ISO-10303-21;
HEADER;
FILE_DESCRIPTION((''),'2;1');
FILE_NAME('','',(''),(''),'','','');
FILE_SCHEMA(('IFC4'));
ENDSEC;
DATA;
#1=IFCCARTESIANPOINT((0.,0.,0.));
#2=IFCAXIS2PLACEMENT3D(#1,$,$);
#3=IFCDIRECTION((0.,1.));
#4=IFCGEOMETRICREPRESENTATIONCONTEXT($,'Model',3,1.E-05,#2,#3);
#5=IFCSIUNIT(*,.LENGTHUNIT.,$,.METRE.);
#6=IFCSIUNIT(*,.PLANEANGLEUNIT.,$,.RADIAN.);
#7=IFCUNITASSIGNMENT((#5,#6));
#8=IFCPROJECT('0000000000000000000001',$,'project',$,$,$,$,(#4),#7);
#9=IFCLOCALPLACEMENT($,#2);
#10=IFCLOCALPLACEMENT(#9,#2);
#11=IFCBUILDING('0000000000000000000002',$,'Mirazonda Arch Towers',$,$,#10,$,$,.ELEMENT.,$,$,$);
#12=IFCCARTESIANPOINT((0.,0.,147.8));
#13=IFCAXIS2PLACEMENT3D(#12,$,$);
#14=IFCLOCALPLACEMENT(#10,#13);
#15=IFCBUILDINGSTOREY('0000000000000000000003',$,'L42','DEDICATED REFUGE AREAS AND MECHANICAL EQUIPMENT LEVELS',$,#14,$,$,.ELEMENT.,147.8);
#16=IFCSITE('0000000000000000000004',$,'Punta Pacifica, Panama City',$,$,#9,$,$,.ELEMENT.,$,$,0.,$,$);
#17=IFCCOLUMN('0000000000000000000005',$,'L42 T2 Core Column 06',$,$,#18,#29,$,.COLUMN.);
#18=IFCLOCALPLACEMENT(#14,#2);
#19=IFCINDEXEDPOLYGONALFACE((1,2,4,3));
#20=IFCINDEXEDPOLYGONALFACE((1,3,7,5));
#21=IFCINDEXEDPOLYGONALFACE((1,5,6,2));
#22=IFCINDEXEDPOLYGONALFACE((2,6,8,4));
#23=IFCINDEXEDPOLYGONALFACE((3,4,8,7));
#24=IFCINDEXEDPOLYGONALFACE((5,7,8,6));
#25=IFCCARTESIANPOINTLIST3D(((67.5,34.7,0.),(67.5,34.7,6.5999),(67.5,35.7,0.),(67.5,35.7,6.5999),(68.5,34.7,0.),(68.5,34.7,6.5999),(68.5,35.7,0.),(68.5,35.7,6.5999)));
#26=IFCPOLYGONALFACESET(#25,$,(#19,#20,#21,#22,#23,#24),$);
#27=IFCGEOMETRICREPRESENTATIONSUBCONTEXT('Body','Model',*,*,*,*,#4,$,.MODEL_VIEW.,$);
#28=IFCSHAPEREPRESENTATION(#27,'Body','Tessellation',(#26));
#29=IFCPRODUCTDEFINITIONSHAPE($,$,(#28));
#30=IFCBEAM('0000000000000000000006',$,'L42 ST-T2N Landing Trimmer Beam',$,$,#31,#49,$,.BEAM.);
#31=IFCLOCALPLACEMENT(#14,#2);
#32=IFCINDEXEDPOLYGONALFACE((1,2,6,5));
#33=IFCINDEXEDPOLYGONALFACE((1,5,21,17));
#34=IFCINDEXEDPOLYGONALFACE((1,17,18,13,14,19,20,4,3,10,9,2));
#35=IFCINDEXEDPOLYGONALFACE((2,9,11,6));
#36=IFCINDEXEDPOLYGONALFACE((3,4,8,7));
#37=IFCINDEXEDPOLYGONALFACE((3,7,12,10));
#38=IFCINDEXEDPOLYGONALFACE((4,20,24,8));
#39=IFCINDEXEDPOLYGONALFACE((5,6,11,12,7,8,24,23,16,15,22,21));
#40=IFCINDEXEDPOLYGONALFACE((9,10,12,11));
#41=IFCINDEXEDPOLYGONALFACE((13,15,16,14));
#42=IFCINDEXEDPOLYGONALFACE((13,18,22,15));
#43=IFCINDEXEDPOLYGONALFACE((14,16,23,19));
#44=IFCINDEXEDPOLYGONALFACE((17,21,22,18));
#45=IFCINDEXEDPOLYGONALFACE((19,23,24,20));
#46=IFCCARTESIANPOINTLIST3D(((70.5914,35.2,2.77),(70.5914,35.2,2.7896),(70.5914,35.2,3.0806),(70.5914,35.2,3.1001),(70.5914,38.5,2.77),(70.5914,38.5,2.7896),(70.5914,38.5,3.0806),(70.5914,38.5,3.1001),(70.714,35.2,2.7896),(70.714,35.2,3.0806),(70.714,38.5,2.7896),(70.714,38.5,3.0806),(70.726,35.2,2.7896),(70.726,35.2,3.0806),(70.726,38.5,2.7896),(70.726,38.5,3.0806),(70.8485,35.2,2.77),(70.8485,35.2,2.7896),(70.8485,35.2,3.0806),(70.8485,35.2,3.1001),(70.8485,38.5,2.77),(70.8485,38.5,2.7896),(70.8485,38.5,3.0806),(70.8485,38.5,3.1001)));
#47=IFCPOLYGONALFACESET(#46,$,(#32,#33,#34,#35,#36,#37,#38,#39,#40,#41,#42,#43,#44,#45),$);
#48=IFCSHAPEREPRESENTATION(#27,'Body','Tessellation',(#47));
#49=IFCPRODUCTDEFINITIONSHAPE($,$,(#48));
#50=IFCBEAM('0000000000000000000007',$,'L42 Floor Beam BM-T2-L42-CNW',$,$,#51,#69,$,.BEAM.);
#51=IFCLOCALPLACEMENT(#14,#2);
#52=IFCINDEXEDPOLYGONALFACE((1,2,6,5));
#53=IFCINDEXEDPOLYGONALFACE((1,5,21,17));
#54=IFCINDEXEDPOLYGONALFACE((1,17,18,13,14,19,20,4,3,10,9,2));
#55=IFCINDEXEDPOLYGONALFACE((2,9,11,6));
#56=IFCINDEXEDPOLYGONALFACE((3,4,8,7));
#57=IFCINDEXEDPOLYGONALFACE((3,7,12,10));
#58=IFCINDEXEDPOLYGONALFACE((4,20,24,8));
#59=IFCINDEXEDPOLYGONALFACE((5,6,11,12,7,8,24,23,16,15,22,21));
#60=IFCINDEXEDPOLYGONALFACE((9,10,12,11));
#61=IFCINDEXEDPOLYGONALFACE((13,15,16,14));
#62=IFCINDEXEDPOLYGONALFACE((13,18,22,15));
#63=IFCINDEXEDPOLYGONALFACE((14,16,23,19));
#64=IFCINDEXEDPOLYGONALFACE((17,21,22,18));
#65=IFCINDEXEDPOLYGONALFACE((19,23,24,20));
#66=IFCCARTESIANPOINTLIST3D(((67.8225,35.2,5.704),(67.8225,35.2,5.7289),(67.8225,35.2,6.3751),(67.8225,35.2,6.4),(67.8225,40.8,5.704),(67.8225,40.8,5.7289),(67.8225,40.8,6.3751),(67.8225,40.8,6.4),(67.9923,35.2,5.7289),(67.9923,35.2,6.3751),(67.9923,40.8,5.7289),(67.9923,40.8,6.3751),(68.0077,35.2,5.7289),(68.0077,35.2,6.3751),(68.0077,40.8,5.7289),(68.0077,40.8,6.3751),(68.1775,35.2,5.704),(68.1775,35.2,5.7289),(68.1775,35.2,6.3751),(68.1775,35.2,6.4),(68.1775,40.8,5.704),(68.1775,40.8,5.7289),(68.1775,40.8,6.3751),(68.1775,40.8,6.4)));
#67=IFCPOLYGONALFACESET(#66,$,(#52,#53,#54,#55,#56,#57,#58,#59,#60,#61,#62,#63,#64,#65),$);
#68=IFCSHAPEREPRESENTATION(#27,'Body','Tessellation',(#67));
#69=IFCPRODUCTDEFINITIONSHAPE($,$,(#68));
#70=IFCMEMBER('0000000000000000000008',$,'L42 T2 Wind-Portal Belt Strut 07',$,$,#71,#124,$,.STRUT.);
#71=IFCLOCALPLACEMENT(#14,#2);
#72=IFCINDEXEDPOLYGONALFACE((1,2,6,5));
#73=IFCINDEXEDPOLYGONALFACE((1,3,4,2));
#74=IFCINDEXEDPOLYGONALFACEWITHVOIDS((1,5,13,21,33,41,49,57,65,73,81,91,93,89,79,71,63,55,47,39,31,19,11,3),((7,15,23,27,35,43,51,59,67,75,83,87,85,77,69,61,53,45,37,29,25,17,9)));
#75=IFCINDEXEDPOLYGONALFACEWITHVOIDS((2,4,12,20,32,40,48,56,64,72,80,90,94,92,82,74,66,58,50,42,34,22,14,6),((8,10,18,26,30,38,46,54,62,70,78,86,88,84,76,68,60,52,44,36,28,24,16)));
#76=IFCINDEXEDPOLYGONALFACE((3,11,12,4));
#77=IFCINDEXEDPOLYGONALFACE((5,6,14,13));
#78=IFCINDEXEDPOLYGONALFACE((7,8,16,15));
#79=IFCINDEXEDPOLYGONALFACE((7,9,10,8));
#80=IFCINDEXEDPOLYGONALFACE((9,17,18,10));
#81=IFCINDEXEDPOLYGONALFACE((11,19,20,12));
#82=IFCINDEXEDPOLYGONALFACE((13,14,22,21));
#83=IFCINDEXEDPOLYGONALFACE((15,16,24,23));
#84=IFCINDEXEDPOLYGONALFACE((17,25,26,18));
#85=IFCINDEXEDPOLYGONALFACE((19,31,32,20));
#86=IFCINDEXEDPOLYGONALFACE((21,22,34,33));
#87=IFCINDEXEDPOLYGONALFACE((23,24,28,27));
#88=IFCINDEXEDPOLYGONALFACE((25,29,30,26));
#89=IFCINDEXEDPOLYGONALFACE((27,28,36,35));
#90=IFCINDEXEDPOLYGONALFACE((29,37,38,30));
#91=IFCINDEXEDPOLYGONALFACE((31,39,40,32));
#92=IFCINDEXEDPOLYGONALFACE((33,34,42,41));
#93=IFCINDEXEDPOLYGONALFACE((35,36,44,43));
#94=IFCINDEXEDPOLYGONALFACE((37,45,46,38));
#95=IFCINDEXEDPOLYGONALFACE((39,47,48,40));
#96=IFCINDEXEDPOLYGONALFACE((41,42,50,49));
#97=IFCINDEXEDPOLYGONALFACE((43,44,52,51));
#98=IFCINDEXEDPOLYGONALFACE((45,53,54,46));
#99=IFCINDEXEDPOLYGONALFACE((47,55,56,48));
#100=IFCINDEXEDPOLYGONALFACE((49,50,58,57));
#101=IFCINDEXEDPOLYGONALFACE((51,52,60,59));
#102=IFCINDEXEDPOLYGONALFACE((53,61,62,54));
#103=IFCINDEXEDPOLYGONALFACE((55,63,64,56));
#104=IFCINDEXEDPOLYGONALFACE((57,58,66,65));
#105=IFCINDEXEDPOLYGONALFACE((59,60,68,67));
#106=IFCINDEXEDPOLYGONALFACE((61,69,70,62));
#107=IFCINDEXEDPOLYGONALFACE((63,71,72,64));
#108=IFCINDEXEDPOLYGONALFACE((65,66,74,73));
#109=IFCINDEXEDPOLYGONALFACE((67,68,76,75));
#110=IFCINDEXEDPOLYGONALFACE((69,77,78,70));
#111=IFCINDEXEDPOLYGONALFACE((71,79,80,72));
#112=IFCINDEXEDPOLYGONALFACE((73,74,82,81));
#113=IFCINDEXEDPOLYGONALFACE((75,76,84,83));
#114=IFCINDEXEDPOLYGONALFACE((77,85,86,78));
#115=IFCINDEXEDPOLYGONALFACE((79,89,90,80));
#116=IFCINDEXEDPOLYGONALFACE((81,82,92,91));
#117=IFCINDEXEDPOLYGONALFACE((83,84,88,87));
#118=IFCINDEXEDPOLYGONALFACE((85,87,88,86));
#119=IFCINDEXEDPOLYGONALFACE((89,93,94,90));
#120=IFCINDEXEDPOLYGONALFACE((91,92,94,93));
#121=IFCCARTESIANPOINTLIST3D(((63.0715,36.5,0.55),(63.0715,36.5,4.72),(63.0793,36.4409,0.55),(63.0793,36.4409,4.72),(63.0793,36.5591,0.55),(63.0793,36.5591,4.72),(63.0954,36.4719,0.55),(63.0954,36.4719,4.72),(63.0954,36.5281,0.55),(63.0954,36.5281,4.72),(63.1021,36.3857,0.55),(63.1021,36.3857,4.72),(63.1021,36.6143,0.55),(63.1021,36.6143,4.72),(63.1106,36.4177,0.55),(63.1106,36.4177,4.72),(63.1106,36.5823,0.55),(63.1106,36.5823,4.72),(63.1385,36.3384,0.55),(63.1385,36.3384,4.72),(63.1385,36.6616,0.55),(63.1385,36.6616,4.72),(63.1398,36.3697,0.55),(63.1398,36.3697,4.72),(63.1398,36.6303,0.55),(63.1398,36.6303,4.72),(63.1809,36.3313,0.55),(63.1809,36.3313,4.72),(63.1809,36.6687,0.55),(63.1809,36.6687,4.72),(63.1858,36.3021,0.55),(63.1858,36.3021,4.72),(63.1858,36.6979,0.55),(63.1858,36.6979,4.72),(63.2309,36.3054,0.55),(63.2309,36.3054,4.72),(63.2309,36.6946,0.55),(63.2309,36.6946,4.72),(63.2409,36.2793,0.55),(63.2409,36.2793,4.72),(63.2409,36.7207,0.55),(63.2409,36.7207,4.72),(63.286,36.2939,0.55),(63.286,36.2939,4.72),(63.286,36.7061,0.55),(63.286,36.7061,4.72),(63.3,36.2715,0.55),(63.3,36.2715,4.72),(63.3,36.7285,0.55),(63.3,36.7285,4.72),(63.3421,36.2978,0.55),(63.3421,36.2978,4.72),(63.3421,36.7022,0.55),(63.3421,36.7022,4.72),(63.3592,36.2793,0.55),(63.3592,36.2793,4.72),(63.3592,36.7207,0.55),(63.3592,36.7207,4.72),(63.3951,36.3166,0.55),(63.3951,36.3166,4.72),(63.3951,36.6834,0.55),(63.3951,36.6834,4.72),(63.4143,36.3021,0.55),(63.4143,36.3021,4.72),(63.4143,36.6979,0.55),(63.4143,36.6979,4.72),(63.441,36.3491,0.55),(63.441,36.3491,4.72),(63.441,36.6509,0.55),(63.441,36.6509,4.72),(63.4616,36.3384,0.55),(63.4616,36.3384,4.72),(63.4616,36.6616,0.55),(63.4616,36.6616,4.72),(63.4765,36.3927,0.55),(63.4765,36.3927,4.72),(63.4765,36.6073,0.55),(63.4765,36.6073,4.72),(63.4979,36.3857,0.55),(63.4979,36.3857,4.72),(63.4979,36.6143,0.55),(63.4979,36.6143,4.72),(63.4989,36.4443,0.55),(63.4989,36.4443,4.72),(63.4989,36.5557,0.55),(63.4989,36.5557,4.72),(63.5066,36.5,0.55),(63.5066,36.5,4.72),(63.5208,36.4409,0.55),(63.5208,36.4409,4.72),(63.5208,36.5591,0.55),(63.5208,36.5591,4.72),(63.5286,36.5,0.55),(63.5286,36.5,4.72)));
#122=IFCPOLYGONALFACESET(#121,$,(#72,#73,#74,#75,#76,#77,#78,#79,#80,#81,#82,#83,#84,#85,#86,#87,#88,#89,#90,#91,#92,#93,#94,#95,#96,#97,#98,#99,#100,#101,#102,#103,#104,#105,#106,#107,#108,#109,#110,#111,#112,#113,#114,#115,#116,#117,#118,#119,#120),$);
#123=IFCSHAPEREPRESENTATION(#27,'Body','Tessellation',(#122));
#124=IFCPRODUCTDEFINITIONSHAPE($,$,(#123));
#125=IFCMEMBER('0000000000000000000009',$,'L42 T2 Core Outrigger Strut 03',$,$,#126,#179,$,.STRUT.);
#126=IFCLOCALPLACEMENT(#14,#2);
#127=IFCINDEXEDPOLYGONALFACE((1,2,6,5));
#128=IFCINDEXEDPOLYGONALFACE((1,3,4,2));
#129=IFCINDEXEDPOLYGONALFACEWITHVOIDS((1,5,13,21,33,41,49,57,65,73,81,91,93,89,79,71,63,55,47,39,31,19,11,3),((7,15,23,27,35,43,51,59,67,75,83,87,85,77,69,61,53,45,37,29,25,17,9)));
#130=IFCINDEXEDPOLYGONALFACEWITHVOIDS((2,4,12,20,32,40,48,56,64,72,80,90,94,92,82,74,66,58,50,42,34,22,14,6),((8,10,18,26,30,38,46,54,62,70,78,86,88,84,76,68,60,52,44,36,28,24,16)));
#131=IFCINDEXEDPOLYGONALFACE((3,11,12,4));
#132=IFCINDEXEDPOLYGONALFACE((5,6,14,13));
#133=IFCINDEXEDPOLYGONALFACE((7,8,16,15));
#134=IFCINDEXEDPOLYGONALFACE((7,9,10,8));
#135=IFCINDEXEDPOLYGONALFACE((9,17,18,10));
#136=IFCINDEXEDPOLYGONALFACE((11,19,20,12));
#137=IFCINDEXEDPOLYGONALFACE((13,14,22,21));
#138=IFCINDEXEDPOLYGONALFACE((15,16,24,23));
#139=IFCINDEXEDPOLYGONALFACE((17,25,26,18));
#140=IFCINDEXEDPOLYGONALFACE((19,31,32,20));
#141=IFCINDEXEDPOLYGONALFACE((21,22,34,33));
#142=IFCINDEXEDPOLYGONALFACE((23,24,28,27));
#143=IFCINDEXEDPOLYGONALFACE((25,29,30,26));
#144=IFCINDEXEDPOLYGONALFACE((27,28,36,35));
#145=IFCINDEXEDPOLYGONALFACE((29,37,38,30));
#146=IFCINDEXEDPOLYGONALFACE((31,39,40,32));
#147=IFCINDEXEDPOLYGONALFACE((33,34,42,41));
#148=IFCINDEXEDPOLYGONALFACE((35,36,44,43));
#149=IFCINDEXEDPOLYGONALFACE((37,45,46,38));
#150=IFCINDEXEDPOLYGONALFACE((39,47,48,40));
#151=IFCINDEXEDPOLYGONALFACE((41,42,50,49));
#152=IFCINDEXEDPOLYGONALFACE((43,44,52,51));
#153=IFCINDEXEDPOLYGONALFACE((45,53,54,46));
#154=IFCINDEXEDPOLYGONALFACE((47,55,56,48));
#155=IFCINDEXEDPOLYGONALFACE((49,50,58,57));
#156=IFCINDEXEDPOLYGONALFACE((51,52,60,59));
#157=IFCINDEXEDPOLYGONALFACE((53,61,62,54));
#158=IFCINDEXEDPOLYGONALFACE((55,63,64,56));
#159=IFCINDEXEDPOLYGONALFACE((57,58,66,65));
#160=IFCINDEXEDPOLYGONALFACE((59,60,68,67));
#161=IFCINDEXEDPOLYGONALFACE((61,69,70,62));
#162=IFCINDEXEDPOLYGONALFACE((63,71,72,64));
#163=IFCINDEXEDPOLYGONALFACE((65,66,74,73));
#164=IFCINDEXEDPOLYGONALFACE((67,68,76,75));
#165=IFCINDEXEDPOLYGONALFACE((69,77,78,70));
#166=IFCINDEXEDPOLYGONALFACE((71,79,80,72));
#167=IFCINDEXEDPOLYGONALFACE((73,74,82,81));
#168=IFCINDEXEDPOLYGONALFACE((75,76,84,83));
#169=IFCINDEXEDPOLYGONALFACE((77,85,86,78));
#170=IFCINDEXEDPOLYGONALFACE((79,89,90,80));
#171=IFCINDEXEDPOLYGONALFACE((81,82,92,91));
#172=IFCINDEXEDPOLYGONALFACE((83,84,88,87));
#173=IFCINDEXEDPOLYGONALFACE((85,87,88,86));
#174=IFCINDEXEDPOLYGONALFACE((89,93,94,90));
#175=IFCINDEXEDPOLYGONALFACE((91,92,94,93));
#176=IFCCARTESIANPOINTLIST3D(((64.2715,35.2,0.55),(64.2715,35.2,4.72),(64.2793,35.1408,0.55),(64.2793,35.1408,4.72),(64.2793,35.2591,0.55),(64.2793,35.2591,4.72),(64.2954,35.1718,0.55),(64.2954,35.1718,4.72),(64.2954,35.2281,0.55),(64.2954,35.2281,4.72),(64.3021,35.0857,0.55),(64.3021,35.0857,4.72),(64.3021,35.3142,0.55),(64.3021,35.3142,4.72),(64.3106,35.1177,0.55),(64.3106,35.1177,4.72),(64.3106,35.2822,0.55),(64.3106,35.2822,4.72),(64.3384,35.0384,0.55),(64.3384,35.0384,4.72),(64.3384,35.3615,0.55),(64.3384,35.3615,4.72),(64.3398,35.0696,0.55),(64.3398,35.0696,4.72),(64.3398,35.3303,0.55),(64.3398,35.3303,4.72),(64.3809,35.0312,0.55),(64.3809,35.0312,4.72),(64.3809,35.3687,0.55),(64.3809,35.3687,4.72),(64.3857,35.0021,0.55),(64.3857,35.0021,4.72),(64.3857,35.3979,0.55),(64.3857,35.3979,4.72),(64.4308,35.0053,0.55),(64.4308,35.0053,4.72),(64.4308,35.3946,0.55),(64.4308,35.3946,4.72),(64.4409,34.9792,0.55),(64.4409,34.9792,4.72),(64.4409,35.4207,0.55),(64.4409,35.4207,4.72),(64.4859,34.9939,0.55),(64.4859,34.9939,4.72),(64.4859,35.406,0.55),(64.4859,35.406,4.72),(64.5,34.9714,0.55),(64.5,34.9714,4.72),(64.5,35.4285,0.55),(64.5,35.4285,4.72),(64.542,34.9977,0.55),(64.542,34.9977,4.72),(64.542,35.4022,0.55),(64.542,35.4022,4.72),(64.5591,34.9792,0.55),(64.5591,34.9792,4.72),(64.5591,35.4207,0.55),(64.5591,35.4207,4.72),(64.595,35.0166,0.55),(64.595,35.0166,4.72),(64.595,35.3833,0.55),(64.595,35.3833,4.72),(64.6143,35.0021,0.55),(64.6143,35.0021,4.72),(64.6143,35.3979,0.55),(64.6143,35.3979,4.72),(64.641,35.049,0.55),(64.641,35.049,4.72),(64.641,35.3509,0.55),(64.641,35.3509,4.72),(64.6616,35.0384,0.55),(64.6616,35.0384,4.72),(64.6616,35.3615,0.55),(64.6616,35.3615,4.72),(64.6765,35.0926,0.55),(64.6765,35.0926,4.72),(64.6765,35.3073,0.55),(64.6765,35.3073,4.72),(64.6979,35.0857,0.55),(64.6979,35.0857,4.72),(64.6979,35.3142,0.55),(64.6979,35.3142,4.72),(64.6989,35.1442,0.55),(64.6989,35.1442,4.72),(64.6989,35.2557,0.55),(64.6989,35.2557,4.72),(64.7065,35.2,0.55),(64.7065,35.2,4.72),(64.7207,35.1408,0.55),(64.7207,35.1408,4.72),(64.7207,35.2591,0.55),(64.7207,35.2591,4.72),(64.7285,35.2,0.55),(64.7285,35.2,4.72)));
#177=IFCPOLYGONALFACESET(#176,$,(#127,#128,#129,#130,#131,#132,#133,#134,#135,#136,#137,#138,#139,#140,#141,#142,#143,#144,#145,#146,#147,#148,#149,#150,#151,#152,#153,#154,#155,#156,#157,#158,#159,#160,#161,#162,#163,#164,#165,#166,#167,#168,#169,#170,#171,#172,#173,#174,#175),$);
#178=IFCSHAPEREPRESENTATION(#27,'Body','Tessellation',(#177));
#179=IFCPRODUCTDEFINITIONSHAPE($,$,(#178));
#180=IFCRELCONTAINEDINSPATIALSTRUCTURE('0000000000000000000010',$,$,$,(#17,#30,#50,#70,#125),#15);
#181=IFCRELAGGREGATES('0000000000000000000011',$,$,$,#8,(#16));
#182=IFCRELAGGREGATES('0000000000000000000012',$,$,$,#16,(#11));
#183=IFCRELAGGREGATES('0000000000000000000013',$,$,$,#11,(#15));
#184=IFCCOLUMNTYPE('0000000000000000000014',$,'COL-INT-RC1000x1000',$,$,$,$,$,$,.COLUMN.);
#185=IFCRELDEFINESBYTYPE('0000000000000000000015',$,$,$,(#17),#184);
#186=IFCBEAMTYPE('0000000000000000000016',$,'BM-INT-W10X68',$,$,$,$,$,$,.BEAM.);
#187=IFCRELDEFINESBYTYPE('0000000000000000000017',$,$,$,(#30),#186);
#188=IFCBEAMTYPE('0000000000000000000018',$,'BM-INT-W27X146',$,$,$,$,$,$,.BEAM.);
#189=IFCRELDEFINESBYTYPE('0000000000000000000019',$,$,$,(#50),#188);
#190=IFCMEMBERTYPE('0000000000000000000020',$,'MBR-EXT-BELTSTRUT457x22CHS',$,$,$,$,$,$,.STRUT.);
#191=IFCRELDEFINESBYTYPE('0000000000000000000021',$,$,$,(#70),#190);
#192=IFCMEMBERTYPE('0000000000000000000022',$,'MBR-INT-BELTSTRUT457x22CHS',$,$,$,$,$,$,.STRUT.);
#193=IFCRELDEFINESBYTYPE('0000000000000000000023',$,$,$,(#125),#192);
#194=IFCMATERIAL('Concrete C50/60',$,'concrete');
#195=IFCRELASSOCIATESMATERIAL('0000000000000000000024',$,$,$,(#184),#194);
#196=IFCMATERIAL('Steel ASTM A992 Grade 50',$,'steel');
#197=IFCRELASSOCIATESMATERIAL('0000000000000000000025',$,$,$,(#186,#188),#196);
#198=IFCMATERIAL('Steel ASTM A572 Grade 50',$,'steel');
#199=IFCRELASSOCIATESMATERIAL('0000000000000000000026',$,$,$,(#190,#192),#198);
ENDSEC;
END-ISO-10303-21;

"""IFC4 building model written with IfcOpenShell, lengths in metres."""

from ifc_helpers import new_model, si_unit, direction, frame, origin, origin_2d, place, context, subcontext, project, spatial, rectangle, hollow_circle, i_section, extrude, material, material_profile, profile_set, type_object, element, save


model = new_model("IFC4")

# Units and contexts
model_context = context("Model", 3, precision=1e-05, world=origin(), true_north=direction((0.0, 1.0)))
body_context = subcontext(model_context, "Body", "Model", "MODEL_VIEW")
ifc_project = project(units=[si_unit("LENGTHUNIT", "METRE"), si_unit("PLANEANGLEUNIT", "RADIAN")], contexts=[model_context])

# Site, building, storey
site_placement = place(None, origin())
site = spatial("IfcSite", under=ifc_project, at=site_placement, Name="Punta Pacifica, Panama City", CompositionType="ELEMENT", RefElevation=0.0)
building_placement = place(site_placement, origin())
building = spatial("IfcBuilding", under=site, at=building_placement, Name="Mirazonda Arch Towers", CompositionType="ELEMENT")
storey_placement = place(building_placement, frame((0.0, 0.0, 147.8)))
storey = spatial("IfcBuildingStorey", under=building, at=storey_placement, Name="L42", Description="DEDICATED REFUGE AREAS AND MECHANICAL EQUIPMENT LEVELS", CompositionType="ELEMENT", Elevation=147.8)

# Column
ifc_material_1 = material(Name="Concrete C50/60", Category="concrete")
ifc_material_profile_1 = material_profile(ifc_material_1, rectangle(XDim=1.0, YDim=1.0, at=origin_2d()), Name="RC1000x1000")
ifc_profile_set_1 = profile_set([ifc_material_profile_1], Name="Concrete C50/60")
column_type = type_object("IfcColumnType", Name="COL-INT-RC1000x1000", PredefinedType="COLUMN", material=ifc_profile_set_1)
column_placement = place(storey_placement, frame((68.0, 35.2, 0.0), z_axis=(0.0, 0.0, 1.0), x_axis=(1.0, 0.0, 0.0)))
element("IfcColumn", 1, at=column_placement, inside=storey, type_object=column_type, Name="L42 T2 Core Column 06", PredefinedType="COLUMN", context=body_context, shape_type="SweptSolid", body=[
    extrude(rectangle(XDim=1.0, YDim=1.0, at=origin_2d()), origin(), (0.0, 0.0, 1.0), 6.5999),
])

# Beams
ifc_material_2 = material(Name="Steel ASTM A992 Grade 50", Category="steel")
ifc_material_profile_2 = material_profile(ifc_material_2, i_section(OverallWidth=0.2571, OverallDepth=0.3301, WebThickness=0.012, FlangeThickness=0.0195, at=origin_2d()), Name="W10X68")
ifc_profile_set_2 = profile_set([ifc_material_profile_2], Name="Steel ASTM A992 Grade 50")
beam_type_1 = type_object("IfcBeamType", Name="BM-INT-W10X68", PredefinedType="BEAM", material=ifc_profile_set_2)
beam_1_placement = place(storey_placement, frame((70.72, 35.2, 2.9351), z_axis=(0.0, 1.0, 0.0), x_axis=(-1.0, 0.0, 0.0)))
element("IfcBeam", 2, at=beam_1_placement, inside=storey, type_object=beam_type_1, Name="L42 ST-T2N Landing Trimmer Beam", PredefinedType="BEAM", context=body_context, shape_type="SweptSolid", body=[
    extrude(i_section(OverallWidth=0.2571, OverallDepth=0.3301, WebThickness=0.012, FlangeThickness=0.0195, at=origin_2d()), origin(), (0.0, 0.0, 1.0), 3.3),
])
ifc_material_profile_3 = material_profile(ifc_material_2, i_section(OverallWidth=0.355, OverallDepth=0.696, WebThickness=0.0154, FlangeThickness=0.0249, at=origin_2d()), Name="W27X146")
ifc_profile_set_3 = profile_set([ifc_material_profile_3], Name="Steel ASTM A992 Grade 50")
beam_type_2 = type_object("IfcBeamType", Name="BM-INT-W27X146", PredefinedType="BEAM", material=ifc_profile_set_3)
beam_2_placement = place(storey_placement, frame((68.0, 35.2, 6.052), z_axis=(0.0, 1.0, 0.0), x_axis=(-1.0, 0.0, 0.0)))
element("IfcBeam", 3, at=beam_2_placement, inside=storey, type_object=beam_type_2, Name="L42 Floor Beam BM-T2-L42-CNW", PredefinedType="BEAM", context=body_context, shape_type="SweptSolid", body=[
    extrude(i_section(OverallWidth=0.355, OverallDepth=0.696, WebThickness=0.0154, FlangeThickness=0.0249, at=origin_2d()), origin(), (0.0, 0.0, 1.0), 5.6001),
])

# Members
ifc_material_3 = material(Name="Steel ASTM A572 Grade 50", Category="steel")
ifc_material_profile_4 = material_profile(ifc_material_3, hollow_circle(Radius=0.2285, WallThickness=0.022, at=origin_2d()), Name="BELTSTRUT457x22CHS")
ifc_profile_set_4 = profile_set([ifc_material_profile_4], Name="Steel ASTM A572 Grade 50")
member_type_1 = type_object("IfcMemberType", Name="MBR-EXT-BELTSTRUT457x22CHS", PredefinedType="STRUT", material=ifc_profile_set_4)
member_1_placement = place(storey_placement, frame((63.3, 36.5, 0.55), z_axis=(0.0, 0.0, 1.0), x_axis=(1.0, 0.0, 0.0)))
element("IfcMember", 4, at=member_1_placement, inside=storey, type_object=member_type_1, Name="L42 T2 Wind-Portal Belt Strut 07", PredefinedType="STRUT", context=body_context, shape_type="SweptSolid", body=[
    extrude(hollow_circle(Radius=0.2285, WallThickness=0.022, at=origin_2d()), origin(), (0.0, 0.0, 1.0), 4.1699),
])
ifc_material_profile_5 = material_profile(ifc_material_3, hollow_circle(Radius=0.2285, WallThickness=0.022, at=origin_2d()), Name="BELTSTRUT457x22CHS")
ifc_profile_set_5 = profile_set([ifc_material_profile_5], Name="Steel ASTM A572 Grade 50")
member_type_2 = type_object("IfcMemberType", Name="MBR-INT-BELTSTRUT457x22CHS", PredefinedType="STRUT", material=ifc_profile_set_5)
member_2_placement = place(storey_placement, frame((64.5, 35.2, 0.55), z_axis=(0.0, 0.0, 1.0), x_axis=(1.0, 0.0, 0.0)))
element("IfcMember", 5, at=member_2_placement, inside=storey, type_object=member_type_2, Name="L42 T2 Core Outrigger Strut 03", PredefinedType="STRUT", context=body_context, shape_type="SweptSolid", body=[
    extrude(hollow_circle(Radius=0.2285, WallThickness=0.022, at=origin_2d()), origin(), (0.0, 0.0, 1.0), 4.1699),
])

save(model, "model.ifc")
